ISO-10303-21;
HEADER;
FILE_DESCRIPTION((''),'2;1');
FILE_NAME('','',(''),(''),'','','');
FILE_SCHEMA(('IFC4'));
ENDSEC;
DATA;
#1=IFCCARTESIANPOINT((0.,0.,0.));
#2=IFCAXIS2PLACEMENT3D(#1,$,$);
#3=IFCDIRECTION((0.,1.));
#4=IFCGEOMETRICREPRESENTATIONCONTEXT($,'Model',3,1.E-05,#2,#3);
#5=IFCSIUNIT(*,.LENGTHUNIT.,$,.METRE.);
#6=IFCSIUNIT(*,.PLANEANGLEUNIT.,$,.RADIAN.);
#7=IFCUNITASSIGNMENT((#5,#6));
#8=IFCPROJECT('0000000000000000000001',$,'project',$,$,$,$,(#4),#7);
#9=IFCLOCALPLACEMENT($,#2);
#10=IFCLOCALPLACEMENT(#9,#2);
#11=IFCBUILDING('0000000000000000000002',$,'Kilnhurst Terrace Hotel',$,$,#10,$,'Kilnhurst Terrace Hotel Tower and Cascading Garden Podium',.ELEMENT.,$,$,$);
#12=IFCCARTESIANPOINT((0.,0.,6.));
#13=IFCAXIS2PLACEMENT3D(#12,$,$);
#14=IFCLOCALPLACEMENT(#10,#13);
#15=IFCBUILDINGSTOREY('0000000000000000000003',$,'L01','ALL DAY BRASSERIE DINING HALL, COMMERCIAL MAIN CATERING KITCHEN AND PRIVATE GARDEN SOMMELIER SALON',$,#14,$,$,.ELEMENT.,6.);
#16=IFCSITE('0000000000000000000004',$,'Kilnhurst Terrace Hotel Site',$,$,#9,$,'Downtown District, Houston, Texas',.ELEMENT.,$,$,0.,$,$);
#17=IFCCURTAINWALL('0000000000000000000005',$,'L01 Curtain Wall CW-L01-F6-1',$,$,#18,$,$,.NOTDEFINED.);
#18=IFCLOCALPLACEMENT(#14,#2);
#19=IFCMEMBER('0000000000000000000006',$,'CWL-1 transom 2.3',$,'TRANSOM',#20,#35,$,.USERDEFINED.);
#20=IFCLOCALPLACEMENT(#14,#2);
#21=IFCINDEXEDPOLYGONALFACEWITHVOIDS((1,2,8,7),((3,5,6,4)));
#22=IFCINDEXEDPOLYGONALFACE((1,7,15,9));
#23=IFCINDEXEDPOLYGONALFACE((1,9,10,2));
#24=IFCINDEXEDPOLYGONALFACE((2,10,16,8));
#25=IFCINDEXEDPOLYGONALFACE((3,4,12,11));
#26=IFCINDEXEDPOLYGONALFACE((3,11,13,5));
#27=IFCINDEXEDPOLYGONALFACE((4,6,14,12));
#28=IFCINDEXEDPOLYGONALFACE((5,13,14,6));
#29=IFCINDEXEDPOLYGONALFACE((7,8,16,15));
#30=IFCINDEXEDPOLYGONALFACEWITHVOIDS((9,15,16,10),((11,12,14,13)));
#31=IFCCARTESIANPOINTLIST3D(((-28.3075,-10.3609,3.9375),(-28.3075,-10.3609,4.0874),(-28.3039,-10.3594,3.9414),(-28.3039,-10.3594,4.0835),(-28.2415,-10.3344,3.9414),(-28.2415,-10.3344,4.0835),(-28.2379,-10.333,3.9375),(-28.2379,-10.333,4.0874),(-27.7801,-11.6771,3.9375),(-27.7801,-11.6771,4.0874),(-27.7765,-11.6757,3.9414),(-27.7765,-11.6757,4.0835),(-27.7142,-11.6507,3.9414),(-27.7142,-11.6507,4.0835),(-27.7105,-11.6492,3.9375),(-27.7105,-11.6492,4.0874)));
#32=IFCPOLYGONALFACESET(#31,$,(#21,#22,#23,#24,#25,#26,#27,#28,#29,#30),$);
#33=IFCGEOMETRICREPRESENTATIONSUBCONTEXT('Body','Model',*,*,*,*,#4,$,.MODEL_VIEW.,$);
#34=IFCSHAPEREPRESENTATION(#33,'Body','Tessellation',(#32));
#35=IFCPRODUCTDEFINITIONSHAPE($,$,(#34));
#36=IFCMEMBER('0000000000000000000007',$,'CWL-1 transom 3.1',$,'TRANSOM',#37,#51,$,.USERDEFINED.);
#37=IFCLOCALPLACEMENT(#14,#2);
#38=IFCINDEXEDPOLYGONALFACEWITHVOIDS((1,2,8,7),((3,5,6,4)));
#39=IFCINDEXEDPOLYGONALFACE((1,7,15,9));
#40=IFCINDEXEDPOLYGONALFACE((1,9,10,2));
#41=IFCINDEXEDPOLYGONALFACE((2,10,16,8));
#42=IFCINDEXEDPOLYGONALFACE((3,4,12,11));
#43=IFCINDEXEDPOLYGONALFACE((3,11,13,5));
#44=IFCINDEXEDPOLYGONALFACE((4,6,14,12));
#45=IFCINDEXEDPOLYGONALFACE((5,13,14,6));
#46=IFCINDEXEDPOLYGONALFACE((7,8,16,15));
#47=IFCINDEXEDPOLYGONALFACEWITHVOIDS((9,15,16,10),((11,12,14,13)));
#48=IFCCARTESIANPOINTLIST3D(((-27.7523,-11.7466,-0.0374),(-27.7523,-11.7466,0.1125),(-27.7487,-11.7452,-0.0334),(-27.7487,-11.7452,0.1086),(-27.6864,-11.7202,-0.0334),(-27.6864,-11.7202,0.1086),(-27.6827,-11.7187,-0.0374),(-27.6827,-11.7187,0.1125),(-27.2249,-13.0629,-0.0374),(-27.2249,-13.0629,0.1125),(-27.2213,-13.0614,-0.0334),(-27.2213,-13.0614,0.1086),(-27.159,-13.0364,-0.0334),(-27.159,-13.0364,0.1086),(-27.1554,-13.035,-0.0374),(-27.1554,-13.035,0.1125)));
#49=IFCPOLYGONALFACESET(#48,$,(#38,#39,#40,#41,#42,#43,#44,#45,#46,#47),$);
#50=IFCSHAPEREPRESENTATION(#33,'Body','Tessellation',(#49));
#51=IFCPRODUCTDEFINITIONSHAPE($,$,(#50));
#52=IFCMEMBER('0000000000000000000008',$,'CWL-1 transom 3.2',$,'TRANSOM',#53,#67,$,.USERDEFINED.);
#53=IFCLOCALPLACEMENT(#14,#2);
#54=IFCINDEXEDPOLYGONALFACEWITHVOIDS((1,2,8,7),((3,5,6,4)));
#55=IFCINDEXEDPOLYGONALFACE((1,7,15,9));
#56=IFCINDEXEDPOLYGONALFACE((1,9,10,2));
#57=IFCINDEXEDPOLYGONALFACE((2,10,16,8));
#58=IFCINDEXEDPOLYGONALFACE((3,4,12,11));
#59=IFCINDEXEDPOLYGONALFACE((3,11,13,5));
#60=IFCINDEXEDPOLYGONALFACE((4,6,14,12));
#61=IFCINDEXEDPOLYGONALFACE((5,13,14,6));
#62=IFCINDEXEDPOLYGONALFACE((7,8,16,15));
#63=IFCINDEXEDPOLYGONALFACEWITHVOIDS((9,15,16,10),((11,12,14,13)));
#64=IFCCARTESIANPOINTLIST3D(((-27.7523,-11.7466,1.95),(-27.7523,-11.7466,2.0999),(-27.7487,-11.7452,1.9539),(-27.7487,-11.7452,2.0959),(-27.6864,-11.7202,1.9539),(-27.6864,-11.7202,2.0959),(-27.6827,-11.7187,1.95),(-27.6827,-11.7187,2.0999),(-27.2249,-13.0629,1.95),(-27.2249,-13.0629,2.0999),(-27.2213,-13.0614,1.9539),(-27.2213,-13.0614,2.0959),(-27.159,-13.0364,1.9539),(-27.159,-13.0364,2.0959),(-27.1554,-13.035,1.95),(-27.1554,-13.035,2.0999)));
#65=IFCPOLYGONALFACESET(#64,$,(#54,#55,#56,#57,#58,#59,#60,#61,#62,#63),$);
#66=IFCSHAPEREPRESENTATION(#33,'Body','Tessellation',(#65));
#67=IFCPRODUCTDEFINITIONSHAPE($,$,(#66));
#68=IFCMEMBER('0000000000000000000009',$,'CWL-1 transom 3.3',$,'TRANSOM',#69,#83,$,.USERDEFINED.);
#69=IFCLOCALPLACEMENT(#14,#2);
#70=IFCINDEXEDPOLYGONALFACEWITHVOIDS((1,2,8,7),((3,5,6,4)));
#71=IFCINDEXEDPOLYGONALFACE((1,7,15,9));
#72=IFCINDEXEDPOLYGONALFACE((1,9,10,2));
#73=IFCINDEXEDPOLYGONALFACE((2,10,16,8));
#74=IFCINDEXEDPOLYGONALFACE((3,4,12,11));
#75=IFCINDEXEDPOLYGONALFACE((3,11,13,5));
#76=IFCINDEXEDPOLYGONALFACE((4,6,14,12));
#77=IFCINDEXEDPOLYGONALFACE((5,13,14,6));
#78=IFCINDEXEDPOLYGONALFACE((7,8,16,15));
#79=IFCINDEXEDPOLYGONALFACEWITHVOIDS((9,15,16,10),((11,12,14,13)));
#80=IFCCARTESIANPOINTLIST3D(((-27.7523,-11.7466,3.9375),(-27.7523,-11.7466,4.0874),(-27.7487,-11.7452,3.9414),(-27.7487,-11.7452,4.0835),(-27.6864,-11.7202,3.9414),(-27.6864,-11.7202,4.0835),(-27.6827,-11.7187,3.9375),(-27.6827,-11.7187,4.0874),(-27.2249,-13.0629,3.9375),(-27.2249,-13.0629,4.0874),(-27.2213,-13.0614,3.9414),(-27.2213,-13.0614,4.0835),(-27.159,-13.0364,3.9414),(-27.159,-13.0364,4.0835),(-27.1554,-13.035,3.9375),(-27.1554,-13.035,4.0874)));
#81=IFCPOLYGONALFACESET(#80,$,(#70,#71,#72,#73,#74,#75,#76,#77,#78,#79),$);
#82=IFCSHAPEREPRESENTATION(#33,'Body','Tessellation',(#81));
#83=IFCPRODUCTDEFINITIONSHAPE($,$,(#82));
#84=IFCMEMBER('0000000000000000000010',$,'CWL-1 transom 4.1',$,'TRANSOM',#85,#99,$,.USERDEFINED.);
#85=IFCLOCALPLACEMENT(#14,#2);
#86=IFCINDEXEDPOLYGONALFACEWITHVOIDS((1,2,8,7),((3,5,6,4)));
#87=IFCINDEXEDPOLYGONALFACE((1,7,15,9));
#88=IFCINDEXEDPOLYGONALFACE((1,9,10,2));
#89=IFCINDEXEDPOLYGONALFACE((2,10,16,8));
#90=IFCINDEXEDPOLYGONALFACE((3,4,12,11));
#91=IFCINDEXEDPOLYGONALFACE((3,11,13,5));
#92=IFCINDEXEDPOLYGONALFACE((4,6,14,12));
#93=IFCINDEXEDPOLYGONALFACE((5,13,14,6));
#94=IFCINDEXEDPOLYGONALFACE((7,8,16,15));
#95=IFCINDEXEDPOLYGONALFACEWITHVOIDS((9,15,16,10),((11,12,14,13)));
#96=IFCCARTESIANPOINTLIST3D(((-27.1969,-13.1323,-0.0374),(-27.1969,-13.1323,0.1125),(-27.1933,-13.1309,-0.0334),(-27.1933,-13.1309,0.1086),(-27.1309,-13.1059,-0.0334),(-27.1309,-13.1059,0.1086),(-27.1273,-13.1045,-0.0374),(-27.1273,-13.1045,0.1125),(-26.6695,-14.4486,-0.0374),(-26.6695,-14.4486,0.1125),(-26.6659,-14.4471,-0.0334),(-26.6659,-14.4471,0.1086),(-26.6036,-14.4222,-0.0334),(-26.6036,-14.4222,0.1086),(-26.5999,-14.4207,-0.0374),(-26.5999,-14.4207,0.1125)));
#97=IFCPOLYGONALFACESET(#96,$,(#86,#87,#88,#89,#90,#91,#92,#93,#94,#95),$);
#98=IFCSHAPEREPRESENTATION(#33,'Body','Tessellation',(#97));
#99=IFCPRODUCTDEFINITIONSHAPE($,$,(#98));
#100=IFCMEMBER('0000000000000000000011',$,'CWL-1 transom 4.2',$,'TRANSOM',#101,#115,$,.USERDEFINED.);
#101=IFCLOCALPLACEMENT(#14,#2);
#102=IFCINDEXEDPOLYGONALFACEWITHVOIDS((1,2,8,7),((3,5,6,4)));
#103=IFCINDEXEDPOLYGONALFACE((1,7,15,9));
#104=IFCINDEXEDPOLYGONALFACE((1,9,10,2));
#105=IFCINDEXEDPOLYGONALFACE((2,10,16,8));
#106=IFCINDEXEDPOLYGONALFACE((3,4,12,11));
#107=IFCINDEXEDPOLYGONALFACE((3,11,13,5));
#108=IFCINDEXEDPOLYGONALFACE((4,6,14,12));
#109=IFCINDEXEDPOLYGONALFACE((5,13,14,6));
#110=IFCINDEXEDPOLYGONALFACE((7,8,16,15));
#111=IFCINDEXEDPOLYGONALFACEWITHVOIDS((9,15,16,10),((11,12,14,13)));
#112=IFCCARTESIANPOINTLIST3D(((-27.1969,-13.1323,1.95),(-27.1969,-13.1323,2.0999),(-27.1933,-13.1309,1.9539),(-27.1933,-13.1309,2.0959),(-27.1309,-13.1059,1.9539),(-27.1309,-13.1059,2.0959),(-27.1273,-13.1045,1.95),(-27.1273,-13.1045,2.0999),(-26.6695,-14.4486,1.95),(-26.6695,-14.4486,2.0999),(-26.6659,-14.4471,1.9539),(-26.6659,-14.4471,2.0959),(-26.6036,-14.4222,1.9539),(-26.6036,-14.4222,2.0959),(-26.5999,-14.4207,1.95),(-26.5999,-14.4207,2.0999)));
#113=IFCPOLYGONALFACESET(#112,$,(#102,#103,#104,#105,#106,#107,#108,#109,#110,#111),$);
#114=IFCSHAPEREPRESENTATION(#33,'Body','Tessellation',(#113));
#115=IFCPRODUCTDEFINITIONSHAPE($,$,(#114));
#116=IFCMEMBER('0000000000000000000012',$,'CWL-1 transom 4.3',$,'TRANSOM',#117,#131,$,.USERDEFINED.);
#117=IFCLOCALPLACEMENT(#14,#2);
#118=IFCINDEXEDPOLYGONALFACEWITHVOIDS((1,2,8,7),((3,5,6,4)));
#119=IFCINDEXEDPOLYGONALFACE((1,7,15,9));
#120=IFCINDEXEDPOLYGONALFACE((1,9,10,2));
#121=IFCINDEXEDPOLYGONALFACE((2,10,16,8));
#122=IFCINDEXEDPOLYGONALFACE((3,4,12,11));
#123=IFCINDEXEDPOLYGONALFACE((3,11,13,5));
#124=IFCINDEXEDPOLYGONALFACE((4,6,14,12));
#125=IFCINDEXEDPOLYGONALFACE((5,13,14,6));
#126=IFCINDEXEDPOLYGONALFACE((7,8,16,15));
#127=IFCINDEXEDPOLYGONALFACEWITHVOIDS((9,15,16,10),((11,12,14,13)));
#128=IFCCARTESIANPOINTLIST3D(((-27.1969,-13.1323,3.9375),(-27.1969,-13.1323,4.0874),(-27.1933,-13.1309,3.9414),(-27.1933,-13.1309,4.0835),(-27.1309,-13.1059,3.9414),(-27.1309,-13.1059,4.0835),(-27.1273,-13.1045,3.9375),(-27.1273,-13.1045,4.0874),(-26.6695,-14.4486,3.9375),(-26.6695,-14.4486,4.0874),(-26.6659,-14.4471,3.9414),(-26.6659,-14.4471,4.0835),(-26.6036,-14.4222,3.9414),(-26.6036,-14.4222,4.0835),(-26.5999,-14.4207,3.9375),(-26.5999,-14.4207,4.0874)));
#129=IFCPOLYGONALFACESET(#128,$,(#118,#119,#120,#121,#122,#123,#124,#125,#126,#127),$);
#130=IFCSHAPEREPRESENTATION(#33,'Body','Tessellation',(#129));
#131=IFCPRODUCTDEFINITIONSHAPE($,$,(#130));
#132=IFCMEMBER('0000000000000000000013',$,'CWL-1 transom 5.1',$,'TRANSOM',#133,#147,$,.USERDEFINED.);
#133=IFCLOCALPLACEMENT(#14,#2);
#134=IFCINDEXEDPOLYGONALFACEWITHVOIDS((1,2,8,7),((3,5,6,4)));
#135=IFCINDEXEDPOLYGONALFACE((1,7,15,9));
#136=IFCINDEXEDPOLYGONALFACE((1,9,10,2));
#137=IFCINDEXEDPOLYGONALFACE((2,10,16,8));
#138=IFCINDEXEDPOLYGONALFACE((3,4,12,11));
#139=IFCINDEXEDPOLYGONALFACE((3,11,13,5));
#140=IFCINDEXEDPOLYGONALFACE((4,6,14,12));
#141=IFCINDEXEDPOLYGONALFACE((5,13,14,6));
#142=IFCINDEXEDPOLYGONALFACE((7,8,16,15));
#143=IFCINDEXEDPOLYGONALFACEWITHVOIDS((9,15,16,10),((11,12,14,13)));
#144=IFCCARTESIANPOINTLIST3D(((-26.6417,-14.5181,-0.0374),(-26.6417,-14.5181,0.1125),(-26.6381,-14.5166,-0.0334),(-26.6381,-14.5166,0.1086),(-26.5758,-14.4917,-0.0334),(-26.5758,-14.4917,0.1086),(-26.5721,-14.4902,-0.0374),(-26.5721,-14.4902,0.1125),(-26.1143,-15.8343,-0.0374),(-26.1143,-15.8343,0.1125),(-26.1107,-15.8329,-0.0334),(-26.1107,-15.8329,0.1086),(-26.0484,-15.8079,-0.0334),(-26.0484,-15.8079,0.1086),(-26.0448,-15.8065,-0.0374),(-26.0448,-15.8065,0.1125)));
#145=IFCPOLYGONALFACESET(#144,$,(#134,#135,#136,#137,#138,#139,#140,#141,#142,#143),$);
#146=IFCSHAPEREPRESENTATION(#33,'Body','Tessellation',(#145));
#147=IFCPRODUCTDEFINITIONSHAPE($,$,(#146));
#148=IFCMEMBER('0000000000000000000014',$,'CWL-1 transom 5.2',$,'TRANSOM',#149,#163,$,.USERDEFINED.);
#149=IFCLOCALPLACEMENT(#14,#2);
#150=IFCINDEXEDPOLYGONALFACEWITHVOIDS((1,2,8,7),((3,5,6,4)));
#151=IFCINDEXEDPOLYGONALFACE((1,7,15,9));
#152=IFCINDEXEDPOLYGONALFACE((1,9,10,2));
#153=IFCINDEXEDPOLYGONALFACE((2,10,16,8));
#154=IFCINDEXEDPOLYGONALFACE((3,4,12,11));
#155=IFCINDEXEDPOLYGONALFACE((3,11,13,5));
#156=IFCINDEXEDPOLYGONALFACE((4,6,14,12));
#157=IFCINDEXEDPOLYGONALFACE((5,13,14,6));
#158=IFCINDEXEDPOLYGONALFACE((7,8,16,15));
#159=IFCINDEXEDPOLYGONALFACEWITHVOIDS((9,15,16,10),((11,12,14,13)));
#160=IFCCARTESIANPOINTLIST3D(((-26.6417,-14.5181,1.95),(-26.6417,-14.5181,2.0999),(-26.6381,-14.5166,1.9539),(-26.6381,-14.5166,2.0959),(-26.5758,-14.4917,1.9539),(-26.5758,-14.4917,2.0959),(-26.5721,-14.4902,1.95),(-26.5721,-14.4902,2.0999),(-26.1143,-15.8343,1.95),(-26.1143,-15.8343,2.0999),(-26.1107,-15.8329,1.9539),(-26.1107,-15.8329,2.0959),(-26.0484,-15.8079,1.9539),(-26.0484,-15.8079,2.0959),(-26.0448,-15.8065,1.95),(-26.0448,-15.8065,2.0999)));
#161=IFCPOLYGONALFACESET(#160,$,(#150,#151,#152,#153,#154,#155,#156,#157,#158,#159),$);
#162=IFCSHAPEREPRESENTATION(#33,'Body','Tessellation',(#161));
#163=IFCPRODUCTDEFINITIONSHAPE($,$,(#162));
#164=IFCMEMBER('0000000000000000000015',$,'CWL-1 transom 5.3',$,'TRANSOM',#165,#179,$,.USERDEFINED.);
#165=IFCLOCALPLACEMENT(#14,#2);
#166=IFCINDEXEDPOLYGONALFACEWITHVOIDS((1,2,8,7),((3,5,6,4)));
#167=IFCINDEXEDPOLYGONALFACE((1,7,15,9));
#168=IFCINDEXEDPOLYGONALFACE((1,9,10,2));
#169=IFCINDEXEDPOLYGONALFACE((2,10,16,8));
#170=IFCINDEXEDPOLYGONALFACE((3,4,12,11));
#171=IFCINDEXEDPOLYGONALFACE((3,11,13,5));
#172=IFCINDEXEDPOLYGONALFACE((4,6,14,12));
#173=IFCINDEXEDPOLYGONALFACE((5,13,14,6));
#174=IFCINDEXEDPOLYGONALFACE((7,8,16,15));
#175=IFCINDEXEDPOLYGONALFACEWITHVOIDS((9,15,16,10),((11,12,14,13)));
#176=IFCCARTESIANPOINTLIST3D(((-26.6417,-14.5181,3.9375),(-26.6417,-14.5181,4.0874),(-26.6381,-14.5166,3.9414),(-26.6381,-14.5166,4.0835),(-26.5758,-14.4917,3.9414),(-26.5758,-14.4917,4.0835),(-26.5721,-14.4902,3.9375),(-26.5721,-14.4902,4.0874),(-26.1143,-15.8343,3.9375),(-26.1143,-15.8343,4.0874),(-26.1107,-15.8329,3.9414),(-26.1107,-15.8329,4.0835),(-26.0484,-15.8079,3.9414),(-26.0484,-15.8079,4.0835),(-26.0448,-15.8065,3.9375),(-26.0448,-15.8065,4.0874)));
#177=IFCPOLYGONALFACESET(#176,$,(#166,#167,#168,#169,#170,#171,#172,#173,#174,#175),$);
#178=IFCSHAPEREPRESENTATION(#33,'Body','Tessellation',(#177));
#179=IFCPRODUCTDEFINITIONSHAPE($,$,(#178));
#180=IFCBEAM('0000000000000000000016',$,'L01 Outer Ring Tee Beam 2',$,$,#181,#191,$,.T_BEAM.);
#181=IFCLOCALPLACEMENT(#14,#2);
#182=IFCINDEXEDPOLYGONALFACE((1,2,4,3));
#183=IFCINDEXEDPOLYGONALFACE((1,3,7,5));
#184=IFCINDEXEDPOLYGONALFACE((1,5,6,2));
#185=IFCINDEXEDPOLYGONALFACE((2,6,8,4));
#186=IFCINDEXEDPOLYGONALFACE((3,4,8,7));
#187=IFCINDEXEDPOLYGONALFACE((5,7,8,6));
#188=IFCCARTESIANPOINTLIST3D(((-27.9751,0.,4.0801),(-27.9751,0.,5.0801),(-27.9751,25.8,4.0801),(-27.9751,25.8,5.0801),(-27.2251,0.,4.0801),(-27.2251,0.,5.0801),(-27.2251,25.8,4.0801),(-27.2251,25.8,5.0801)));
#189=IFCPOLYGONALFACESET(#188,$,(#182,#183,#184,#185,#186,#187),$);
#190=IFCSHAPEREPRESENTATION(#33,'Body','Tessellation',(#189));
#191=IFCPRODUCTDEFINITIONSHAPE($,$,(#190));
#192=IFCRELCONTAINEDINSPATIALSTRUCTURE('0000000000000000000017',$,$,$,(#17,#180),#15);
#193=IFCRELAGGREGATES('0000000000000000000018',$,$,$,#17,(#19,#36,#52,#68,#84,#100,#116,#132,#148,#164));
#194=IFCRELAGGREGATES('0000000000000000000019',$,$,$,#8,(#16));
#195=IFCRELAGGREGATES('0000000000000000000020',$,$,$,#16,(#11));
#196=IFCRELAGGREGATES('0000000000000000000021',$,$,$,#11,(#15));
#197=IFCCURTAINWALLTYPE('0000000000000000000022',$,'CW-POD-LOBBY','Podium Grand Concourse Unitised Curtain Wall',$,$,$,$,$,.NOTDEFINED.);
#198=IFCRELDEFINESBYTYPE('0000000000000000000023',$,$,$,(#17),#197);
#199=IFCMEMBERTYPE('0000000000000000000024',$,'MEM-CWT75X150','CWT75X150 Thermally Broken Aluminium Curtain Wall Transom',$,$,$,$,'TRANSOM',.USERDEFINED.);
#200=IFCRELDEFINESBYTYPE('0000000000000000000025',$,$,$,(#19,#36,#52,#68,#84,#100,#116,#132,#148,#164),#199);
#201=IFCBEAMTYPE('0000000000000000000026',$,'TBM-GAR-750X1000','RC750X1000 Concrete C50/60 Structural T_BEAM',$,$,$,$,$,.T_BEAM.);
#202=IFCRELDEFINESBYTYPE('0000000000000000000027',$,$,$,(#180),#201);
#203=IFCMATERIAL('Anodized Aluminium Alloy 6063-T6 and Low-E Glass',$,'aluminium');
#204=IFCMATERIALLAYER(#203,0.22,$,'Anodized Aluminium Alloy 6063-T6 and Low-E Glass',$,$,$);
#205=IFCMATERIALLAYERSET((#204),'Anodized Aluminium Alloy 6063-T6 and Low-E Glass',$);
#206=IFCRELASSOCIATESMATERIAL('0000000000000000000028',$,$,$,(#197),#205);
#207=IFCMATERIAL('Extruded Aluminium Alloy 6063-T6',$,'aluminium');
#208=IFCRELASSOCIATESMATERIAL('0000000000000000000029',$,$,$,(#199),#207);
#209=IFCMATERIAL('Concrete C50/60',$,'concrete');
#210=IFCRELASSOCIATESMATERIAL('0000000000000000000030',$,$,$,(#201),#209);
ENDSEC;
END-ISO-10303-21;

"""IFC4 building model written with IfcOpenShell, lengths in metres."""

from ifc_helpers import new_model, si_unit, direction, frame, origin, origin_2d, place, context, subcontext, project, spatial, rectangle, hollow_rectangle, extrude, material, layer, layer_set, material_profile, profile_set, type_object, element, aggregate, save


model = new_model("IFC4")

# Units and contexts
model_context = context("Model", 3, precision=1e-05, world=origin(), true_north=direction((0.0, 1.0)))
body_context = subcontext(model_context, "Body", "Model", "MODEL_VIEW")
ifc_project = project(units=[si_unit("LENGTHUNIT", "METRE"), si_unit("PLANEANGLEUNIT", "RADIAN")], contexts=[model_context])

# Site, building, storey
site_placement = place(None, origin())
site = spatial("IfcSite", under=ifc_project, at=site_placement, Name="Kilnhurst Terrace Hotel Site", LongName="Downtown District, Houston, Texas", CompositionType="ELEMENT", RefElevation=0.0)
building_placement = place(site_placement, origin())
building = spatial("IfcBuilding", under=site, at=building_placement, Name="Kilnhurst Terrace Hotel", LongName="Kilnhurst Terrace Hotel Tower and Cascading Garden Podium", CompositionType="ELEMENT")
storey_placement = place(building_placement, frame((0.0, 0.0, 6.0)))
storey = spatial("IfcBuildingStorey", under=building, at=storey_placement, Name="L01", Description="ALL DAY BRASSERIE DINING HALL, COMMERCIAL MAIN CATERING KITCHEN AND PRIVATE GARDEN SOMMELIER SALON", CompositionType="ELEMENT", Elevation=6.0)

# Curtain wall, members
ifc_material_1 = material(Name="Anodized Aluminium Alloy 6063-T6 and Low-E Glass", Category="aluminium")
ifc_layer_1 = layer(ifc_material_1, 0.22, Name="Anodized Aluminium Alloy 6063-T6 and Low-E Glass")
ifc_layer_set_1 = layer_set([ifc_layer_1], Name="Anodized Aluminium Alloy 6063-T6 and Low-E Glass")
curtain_wall_type = type_object("IfcCurtainWallType", Name="CW-POD-LOBBY", Description="Podium Grand Concourse Unitised Curtain Wall", PredefinedType="NOTDEFINED", material=ifc_layer_set_1)
curtain_wall_placement = place(storey_placement, origin())
curtain_wall = element("IfcCurtainWall", 1, at=curtain_wall_placement, inside=storey, type_object=curtain_wall_type, Name="L01 Curtain Wall CW-L01-F6-1", PredefinedType="NOTDEFINED")
ifc_material_2 = material(Name="Extruded Aluminium Alloy 6063-T6", Category="aluminium")
ifc_material_profile_1 = material_profile(ifc_material_2, hollow_rectangle(XDim=0.075, YDim=0.1499, WallThickness=0.0039, at=origin_2d()), Name="CWT75X150")
ifc_profile_set_1 = profile_set([ifc_material_profile_1], Name="Extruded Aluminium Alloy 6063-T6")
member_type_1 = type_object("IfcMemberType", Name="MEM-CWT75X150", Description="CWT75X150 Thermally Broken Aluminium Curtain Wall Transom", ElementType="TRANSOM", PredefinedType="USERDEFINED", material=ifc_profile_set_1)
member_1_placement = place(storey_placement, frame((-28.2727, -10.3469, 4.0125), z_axis=(0.371925, -0.928263, 0.0), x_axis=(0.928263, 0.371925, 0.0)))
member_1 = element("IfcMember", 2, at=member_1_placement, type_object=member_type_1, Name="CWL-1 transom 2.3", ObjectType="TRANSOM", PredefinedType="USERDEFINED", context=body_context, shape_type="SweptSolid", body=[
    extrude(hollow_rectangle(XDim=0.075, YDim=0.1499, WallThickness=0.0039, at=origin_2d()), origin(), (0.0, 0.0, 1.0), 1.418),
])
member_2_placement = place(storey_placement, frame((-27.7175, -11.7327, 0.0376), z_axis=(0.371925, -0.928263, 0.0), x_axis=(0.928263, 0.371925, 0.0)))
member_2 = element("IfcMember", 3, at=member_2_placement, type_object=member_type_1, Name="CWL-1 transom 3.1", ObjectType="TRANSOM", PredefinedType="USERDEFINED", context=body_context, shape_type="SweptSolid", body=[
    extrude(hollow_rectangle(XDim=0.075, YDim=0.1499, WallThickness=0.0039, at=origin_2d()), origin(), (0.0, 0.0, 1.0), 1.418),
])
member_3_placement = place(storey_placement, frame((-27.7175, -11.7327, 2.0249), z_axis=(0.371925, -0.928263, 0.0), x_axis=(0.928263, 0.371925, 0.0)))
member_3 = element("IfcMember", 4, at=member_3_placement, type_object=member_type_1, Name="CWL-1 transom 3.2", ObjectType="TRANSOM", PredefinedType="USERDEFINED", context=body_context, shape_type="SweptSolid", body=[
    extrude(hollow_rectangle(XDim=0.075, YDim=0.1499, WallThickness=0.0039, at=origin_2d()), origin(), (0.0, 0.0, 1.0), 1.418),
])
member_4_placement = place(storey_placement, frame((-27.7175, -11.7327, 4.0125), z_axis=(0.371925, -0.928263, 0.0), x_axis=(0.928263, 0.371925, 0.0)))
member_4 = element("IfcMember", 5, at=member_4_placement, type_object=member_type_1, Name="CWL-1 transom 3.3", ObjectType="TRANSOM", PredefinedType="USERDEFINED", context=body_context, shape_type="SweptSolid", body=[
    extrude(hollow_rectangle(XDim=0.075, YDim=0.1499, WallThickness=0.0039, at=origin_2d()), origin(), (0.0, 0.0, 1.0), 1.418),
])
member_5_placement = place(storey_placement, frame((-27.1621, -13.1184, 0.0376), z_axis=(0.371925, -0.928263, 0.0), x_axis=(0.928263, 0.371925, 0.0)))
member_5 = element("IfcMember", 6, at=member_5_placement, type_object=member_type_1, Name="CWL-1 transom 4.1", ObjectType="TRANSOM", PredefinedType="USERDEFINED", context=body_context, shape_type="SweptSolid", body=[
    extrude(hollow_rectangle(XDim=0.075, YDim=0.1499, WallThickness=0.0039, at=origin_2d()), origin(), (0.0, 0.0, 1.0), 1.418),
])
member_6_placement = place(storey_placement, frame((-27.1621, -13.1184, 2.0249), z_axis=(0.371925, -0.928263, 0.0), x_axis=(0.928263, 0.371925, 0.0)))
member_6 = element("IfcMember", 7, at=member_6_placement, type_object=member_type_1, Name="CWL-1 transom 4.2", ObjectType="TRANSOM", PredefinedType="USERDEFINED", context=body_context, shape_type="SweptSolid", body=[
    extrude(hollow_rectangle(XDim=0.075, YDim=0.1499, WallThickness=0.0039, at=origin_2d()), origin(), (0.0, 0.0, 1.0), 1.418),
])
member_7_placement = place(storey_placement, frame((-27.1621, -13.1184, 4.0125), z_axis=(0.371925, -0.928263, 0.0), x_axis=(0.928263, 0.371925, 0.0)))
member_7 = element("IfcMember", 8, at=member_7_placement, type_object=member_type_1, Name="CWL-1 transom 4.3", ObjectType="TRANSOM", PredefinedType="USERDEFINED", context=body_context, shape_type="SweptSolid", body=[
    extrude(hollow_rectangle(XDim=0.075, YDim=0.1499, WallThickness=0.0039, at=origin_2d()), origin(), (0.0, 0.0, 1.0), 1.418),
])
member_8_placement = place(storey_placement, frame((-26.6069, -14.5042, 0.0376), z_axis=(0.371925, -0.928263, 0.0), x_axis=(0.928263, 0.371925, 0.0)))
member_8 = element("IfcMember", 9, at=member_8_placement, type_object=member_type_1, Name="CWL-1 transom 5.1", ObjectType="TRANSOM", PredefinedType="USERDEFINED", context=body_context, shape_type="SweptSolid", body=[
    extrude(hollow_rectangle(XDim=0.075, YDim=0.1499, WallThickness=0.0039, at=origin_2d()), origin(), (0.0, 0.0, 1.0), 1.418),
])
member_9_placement = place(storey_placement, frame((-26.6069, -14.5042, 2.0249), z_axis=(0.371925, -0.928263, 0.0), x_axis=(0.928263, 0.371925, 0.0)))
member_9 = element("IfcMember", 10, at=member_9_placement, type_object=member_type_1, Name="CWL-1 transom 5.2", ObjectType="TRANSOM", PredefinedType="USERDEFINED", context=body_context, shape_type="SweptSolid", body=[
    extrude(hollow_rectangle(XDim=0.075, YDim=0.1499, WallThickness=0.0039, at=origin_2d()), origin(), (0.0, 0.0, 1.0), 1.418),
])
member_10_placement = place(storey_placement, frame((-26.6069, -14.5042, 4.0125), z_axis=(0.371925, -0.928263, 0.0), x_axis=(0.928263, 0.371925, 0.0)))
member_10 = element("IfcMember", 11, at=member_10_placement, type_object=member_type_1, Name="CWL-1 transom 5.3", ObjectType="TRANSOM", PredefinedType="USERDEFINED", context=body_context, shape_type="SweptSolid", body=[
    extrude(hollow_rectangle(XDim=0.075, YDim=0.1499, WallThickness=0.0039, at=origin_2d()), origin(), (0.0, 0.0, 1.0), 1.418),
])

# Beam
ifc_material_3 = material(Name="Concrete C50/60", Category="concrete")
ifc_material_profile_2 = material_profile(ifc_material_3, rectangle(XDim=0.75, YDim=1.0, at=origin_2d()), Name="RC750X1000")
ifc_profile_set_2 = profile_set([ifc_material_profile_2], Name="Concrete C50/60")
beam_type = type_object("IfcBeamType", Name="TBM-GAR-750X1000", Description="RC750X1000 Concrete C50/60 Structural T_BEAM", PredefinedType="T_BEAM", material=ifc_profile_set_2)
beam_1_placement = place(storey_placement, frame((-27.6001, 0.0, 4.5801), z_axis=(0.0, 1.0, 0.0), x_axis=(-1.0, 0.0, 0.0)))
element("IfcBeam", 12, at=beam_1_placement, inside=storey, type_object=beam_type, Name="L01 Outer Ring Tee Beam 2", PredefinedType="T_BEAM", context=body_context, shape_type="SweptSolid", body=[
    extrude(rectangle(XDim=0.75, YDim=1.0, at=origin_2d()), origin(), (0.0, 0.0, 1.0), 25.8),
])

aggregate(curtain_wall, [member_1, member_2, member_3, member_4, member_5, member_6, member_7, member_8, member_9, member_10])

save(model, "model.ifc")
